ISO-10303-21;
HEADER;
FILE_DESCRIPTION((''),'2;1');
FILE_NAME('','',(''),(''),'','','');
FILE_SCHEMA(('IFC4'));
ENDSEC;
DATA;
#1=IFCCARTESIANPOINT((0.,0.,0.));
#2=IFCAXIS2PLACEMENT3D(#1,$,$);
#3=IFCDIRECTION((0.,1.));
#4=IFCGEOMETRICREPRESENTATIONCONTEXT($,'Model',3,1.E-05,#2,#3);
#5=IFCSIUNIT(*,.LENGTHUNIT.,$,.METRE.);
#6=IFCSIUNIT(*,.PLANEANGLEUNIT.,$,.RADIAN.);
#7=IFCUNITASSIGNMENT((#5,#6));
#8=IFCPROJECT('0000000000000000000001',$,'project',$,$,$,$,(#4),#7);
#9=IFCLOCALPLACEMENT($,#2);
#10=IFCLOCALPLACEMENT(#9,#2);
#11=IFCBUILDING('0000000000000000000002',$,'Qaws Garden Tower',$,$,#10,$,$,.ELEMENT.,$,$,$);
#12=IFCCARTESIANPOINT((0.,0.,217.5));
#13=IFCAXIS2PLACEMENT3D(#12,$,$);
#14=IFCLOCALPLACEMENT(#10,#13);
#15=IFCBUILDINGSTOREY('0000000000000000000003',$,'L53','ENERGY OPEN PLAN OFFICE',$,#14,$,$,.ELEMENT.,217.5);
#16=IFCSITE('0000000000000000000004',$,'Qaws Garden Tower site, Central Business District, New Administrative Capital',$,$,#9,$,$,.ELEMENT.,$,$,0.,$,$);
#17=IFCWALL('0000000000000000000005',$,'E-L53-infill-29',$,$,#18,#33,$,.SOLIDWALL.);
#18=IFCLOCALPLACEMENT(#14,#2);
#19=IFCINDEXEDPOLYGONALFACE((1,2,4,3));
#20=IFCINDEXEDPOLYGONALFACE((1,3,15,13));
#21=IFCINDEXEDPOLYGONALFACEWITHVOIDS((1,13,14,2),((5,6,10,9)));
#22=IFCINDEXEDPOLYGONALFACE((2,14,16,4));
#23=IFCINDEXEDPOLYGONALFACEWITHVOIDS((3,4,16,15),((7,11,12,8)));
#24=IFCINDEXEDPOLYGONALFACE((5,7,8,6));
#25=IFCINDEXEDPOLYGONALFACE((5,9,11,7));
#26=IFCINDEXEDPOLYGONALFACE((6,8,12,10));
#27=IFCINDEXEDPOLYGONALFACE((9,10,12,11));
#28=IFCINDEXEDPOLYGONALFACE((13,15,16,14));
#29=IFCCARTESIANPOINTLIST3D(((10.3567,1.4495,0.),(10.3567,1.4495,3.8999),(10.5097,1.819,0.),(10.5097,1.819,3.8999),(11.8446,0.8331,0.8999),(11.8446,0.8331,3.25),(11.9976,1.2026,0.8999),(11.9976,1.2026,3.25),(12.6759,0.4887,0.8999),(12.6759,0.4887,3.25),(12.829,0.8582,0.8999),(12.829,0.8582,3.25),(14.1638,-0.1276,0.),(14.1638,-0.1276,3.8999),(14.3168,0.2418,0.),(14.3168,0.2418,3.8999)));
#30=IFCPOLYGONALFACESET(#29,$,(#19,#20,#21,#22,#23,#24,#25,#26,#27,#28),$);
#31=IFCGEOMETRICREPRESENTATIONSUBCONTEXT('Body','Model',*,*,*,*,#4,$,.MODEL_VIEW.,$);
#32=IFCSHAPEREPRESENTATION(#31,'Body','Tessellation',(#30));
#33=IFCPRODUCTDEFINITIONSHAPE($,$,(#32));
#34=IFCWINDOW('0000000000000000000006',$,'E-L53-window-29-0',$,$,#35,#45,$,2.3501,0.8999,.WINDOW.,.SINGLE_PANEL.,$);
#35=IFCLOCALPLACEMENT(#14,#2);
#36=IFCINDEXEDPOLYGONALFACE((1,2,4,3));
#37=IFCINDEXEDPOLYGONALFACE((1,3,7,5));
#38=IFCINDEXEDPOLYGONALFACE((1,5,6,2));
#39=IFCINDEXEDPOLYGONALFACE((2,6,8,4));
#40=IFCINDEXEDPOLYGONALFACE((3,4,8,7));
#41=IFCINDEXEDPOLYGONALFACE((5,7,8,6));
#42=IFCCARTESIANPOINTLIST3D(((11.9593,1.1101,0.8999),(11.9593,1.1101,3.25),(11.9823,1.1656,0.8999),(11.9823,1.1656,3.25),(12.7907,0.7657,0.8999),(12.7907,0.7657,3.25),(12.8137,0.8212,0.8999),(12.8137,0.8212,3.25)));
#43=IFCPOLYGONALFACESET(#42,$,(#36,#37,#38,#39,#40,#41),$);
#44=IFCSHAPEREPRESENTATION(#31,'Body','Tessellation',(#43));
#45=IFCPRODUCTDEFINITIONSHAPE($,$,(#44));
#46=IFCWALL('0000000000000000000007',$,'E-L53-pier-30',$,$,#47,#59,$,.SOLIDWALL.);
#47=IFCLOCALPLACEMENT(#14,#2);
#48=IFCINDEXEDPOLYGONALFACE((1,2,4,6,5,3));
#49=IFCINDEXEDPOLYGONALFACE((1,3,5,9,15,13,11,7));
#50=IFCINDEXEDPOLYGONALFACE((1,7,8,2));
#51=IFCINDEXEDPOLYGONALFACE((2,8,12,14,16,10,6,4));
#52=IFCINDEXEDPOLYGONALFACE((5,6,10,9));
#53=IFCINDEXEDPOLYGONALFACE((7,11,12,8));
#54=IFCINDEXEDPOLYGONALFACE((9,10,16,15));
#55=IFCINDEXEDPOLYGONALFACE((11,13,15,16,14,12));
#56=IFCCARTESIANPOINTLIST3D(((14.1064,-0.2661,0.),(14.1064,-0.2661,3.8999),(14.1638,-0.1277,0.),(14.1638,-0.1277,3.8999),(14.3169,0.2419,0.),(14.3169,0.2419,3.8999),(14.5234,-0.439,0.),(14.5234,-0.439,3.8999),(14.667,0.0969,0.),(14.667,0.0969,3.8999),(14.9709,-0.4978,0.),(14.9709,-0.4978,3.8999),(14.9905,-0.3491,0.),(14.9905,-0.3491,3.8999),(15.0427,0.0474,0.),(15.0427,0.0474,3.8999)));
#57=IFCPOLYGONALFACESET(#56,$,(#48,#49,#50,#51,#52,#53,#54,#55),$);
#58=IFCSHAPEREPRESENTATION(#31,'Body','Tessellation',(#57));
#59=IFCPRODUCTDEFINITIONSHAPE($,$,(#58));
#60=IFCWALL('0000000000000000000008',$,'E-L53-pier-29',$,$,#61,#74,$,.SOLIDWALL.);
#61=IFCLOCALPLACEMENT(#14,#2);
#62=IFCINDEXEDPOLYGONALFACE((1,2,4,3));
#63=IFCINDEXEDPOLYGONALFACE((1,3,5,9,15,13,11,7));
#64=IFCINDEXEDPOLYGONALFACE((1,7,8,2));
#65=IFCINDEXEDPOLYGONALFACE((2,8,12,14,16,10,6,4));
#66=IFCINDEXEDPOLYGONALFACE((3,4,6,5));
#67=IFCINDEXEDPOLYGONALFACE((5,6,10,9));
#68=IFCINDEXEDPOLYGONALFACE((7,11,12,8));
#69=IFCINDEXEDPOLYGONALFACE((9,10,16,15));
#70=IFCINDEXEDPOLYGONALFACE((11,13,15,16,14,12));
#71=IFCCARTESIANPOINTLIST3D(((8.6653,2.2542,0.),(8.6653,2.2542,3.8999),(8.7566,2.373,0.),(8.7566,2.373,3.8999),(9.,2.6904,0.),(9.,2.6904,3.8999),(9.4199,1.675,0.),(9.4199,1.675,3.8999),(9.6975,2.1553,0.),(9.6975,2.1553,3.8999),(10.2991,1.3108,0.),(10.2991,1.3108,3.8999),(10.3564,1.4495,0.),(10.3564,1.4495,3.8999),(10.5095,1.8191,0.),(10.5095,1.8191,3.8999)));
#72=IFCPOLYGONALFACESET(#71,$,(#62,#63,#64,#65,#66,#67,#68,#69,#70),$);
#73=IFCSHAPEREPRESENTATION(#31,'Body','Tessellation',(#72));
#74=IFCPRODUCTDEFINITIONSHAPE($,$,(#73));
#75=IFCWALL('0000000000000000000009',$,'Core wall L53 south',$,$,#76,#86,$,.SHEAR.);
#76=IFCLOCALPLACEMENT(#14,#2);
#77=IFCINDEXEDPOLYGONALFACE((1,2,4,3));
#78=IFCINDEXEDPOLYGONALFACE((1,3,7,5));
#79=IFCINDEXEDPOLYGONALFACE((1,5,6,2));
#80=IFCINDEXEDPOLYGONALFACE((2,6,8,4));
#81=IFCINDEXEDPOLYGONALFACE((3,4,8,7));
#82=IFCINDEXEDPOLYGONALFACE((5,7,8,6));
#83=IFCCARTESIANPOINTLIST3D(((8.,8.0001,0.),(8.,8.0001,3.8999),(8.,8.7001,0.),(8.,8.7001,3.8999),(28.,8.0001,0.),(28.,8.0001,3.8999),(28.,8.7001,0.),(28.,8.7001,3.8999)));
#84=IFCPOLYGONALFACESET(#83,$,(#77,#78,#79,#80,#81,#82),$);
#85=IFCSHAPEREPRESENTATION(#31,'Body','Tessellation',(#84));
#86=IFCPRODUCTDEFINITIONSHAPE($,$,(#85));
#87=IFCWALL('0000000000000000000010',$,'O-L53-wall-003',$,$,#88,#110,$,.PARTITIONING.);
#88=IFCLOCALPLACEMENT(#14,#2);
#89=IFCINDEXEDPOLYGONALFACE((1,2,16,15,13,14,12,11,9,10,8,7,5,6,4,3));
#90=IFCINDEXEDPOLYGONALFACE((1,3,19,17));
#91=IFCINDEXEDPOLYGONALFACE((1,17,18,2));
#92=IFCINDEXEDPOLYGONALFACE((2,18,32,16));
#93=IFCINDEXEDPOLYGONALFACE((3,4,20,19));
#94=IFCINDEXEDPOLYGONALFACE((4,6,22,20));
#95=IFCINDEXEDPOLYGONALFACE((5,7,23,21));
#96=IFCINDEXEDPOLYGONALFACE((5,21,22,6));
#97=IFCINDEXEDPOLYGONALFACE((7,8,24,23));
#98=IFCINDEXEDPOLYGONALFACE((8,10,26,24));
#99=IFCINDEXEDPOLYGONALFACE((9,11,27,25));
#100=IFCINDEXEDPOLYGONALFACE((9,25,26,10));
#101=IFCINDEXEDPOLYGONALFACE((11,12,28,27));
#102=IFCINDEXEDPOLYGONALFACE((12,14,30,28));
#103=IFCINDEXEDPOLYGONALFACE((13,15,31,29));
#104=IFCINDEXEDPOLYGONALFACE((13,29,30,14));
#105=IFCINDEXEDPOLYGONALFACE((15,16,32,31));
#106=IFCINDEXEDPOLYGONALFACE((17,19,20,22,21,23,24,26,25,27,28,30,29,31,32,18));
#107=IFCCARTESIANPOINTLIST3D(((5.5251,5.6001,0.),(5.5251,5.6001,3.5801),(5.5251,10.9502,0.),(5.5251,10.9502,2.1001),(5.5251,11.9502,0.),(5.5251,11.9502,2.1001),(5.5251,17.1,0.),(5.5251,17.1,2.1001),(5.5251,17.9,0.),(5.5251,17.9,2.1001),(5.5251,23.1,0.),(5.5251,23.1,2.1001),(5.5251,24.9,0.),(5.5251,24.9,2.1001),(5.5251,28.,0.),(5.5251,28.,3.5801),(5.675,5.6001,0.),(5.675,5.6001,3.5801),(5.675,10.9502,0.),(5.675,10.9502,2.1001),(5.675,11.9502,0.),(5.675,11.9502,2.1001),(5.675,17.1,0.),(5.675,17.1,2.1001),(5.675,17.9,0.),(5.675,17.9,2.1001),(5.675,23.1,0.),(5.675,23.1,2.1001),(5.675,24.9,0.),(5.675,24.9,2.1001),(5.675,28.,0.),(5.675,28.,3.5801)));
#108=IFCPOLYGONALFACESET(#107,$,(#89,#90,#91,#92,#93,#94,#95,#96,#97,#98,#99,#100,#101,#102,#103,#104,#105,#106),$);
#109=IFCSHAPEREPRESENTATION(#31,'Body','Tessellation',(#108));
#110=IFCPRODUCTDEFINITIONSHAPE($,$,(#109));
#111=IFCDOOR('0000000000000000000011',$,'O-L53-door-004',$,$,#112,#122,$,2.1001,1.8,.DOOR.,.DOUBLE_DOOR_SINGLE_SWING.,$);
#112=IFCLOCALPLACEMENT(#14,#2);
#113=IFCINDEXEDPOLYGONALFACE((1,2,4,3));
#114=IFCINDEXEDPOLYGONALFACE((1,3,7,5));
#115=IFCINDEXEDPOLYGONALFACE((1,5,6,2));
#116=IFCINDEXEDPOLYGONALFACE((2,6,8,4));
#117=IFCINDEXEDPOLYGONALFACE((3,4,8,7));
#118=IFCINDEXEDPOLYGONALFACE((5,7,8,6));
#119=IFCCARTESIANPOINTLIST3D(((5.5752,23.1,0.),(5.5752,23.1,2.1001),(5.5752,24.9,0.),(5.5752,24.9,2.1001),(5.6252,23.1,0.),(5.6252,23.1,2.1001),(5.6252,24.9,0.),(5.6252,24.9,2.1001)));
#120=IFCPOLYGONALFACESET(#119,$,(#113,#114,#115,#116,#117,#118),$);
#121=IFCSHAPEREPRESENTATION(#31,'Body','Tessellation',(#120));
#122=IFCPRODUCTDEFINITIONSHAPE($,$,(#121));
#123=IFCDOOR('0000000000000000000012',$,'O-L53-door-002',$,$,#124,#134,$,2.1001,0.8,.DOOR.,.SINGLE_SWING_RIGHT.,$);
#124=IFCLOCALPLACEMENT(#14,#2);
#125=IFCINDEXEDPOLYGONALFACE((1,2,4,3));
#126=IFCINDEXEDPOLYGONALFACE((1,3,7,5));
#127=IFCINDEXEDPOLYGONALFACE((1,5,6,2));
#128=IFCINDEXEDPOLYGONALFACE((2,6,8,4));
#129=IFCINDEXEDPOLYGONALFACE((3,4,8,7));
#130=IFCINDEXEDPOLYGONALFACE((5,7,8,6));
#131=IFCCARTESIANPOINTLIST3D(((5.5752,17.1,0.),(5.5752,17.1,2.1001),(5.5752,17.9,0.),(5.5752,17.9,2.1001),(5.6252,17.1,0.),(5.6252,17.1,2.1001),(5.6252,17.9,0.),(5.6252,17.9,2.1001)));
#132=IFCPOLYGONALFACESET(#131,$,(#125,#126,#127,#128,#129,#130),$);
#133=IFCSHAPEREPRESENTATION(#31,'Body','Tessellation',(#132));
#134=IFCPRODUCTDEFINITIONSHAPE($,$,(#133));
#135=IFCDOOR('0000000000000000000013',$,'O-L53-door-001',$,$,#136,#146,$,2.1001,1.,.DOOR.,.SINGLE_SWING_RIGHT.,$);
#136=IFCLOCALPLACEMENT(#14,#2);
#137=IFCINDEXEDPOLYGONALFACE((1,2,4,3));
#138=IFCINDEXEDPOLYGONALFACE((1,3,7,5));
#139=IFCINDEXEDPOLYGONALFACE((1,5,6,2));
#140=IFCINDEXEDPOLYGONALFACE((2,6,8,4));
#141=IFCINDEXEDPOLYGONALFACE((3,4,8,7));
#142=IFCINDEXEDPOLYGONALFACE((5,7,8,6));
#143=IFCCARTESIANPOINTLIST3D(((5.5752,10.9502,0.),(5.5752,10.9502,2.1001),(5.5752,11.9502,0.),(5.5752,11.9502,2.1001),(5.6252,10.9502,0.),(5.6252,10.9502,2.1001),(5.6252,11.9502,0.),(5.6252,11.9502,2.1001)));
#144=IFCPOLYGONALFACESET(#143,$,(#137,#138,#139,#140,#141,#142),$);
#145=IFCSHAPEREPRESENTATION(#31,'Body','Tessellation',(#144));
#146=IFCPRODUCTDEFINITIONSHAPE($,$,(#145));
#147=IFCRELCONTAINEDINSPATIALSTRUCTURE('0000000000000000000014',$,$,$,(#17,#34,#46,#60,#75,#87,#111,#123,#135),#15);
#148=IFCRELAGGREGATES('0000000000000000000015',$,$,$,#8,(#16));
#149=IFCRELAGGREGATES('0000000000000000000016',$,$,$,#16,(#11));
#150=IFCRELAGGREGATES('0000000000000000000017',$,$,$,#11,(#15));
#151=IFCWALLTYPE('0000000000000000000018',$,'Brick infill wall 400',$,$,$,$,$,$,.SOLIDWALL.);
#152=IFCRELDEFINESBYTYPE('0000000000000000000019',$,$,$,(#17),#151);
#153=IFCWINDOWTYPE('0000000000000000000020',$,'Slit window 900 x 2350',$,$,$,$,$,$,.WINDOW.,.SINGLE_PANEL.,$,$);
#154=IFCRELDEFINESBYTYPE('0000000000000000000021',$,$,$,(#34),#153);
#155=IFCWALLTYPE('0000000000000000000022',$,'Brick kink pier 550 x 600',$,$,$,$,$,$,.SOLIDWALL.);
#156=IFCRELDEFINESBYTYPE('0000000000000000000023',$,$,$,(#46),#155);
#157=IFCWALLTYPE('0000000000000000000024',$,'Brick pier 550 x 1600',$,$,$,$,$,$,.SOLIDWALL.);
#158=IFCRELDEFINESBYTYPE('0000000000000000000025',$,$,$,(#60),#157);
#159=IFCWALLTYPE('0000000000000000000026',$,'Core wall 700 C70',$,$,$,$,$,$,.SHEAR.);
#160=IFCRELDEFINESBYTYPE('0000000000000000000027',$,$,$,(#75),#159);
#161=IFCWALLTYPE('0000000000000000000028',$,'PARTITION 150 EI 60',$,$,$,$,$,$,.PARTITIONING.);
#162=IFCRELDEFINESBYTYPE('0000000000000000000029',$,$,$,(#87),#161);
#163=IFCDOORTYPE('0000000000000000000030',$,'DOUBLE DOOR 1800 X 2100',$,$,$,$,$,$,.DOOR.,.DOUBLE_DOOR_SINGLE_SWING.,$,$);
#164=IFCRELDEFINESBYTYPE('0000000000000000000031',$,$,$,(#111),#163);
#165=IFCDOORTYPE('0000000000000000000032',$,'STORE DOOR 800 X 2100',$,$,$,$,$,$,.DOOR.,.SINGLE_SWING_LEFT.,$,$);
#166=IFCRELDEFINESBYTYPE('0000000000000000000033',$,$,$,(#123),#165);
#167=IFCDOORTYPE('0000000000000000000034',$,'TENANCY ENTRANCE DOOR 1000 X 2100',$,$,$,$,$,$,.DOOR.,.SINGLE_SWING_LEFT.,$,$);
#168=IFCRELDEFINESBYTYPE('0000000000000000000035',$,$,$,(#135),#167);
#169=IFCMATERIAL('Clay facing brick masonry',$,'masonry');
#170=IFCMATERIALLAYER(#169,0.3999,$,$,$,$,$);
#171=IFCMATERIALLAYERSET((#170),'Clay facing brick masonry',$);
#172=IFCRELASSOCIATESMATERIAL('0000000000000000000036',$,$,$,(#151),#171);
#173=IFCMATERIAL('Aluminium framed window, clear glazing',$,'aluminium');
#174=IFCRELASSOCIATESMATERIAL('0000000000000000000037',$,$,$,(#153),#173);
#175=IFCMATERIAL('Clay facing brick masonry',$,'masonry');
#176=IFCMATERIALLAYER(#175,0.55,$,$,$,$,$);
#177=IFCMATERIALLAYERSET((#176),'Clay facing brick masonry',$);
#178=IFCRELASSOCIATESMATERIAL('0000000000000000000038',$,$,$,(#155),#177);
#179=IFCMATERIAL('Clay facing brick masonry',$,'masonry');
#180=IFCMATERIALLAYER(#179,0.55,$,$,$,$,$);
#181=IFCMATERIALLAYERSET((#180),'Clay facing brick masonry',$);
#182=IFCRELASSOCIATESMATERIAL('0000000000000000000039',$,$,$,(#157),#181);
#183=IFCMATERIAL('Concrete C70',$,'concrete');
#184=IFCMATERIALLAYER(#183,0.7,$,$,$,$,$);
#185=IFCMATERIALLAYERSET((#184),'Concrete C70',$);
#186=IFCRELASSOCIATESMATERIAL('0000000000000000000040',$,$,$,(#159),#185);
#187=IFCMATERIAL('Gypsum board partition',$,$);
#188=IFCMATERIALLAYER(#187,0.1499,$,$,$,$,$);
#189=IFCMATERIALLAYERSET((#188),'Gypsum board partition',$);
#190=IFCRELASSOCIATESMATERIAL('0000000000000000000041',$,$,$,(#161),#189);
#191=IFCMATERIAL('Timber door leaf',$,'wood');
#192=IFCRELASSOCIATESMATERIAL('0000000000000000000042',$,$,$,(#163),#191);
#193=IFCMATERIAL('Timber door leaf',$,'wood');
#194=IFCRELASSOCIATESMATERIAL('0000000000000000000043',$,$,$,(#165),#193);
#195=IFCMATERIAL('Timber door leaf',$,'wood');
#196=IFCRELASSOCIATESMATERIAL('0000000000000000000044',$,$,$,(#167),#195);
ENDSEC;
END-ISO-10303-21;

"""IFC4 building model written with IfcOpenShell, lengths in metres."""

from ifc_helpers import new_model, si_unit, direction, frame, frame_2d, origin, place, context, subcontext, project, spatial, polyline, rectangle, outline, extrude, material, layer, layer_set, type_object, element, fill, save


model = new_model("IFC4")

# Units and contexts
model_context = context("Model", 3, precision=1e-05, world=origin(), true_north=direction((0.0, 1.0)))
body_context = subcontext(model_context, "Body", "Model", "MODEL_VIEW")
ifc_project = project(units=[si_unit("LENGTHUNIT", "METRE"), si_unit("PLANEANGLEUNIT", "RADIAN")], contexts=[model_context])

# Site, building, storey
site_placement = place(None, origin())
site = spatial("IfcSite", under=ifc_project, at=site_placement, Name="Qaws Garden Tower site, Central Business District, New Administrative Capital", CompositionType="ELEMENT", RefElevation=0.0)
building_placement = place(site_placement, origin())
building = spatial("IfcBuilding", under=site, at=building_placement, Name="Qaws Garden Tower", CompositionType="ELEMENT")
storey_placement = place(building_placement, frame((0.0, 0.0, 217.5)))
storey = spatial("IfcBuildingStorey", under=building, at=storey_placement, Name="L53", Description="ENERGY OPEN PLAN OFFICE", CompositionType="ELEMENT", Elevation=217.5)

# Shared definitions
placement_1 = place(storey_placement, origin())

# Wall, opening, window
ifc_material_1 = material(Name="Clay facing brick masonry", Category="masonry")
ifc_layer_1 = layer(ifc_material_1, 0.3999)
ifc_layer_set_1 = layer_set([ifc_layer_1], Name="Clay facing brick masonry")
wall_type_1 = type_object("IfcWallType", Name="Brick infill wall 400", PredefinedType="SOLIDWALL", material=ifc_layer_set_1)
ifc_material_2 = material(Name="Aluminium framed window, clear glazing", Category="aluminium")
window_type = type_object("IfcWindowType", Name="Slit window 900 x 2350", PartitioningType="SINGLE_PANEL", PredefinedType="WINDOW", material=ifc_material_2)
wall_1_placement = place(storey_placement, frame((10.4331, 1.6343, 0.0), z_axis=(0.0, 0.0, 1.0), x_axis=(0.923864, -0.382722, 0.0)))
wall_1 = element("IfcWall", 1, at=wall_1_placement, inside=storey, type_object=wall_type_1, Name="E-L53-infill-29", PredefinedType="SOLIDWALL", context=body_context, shape_type="SweptSolid", body=[
    extrude(rectangle(XDim=4.1208, YDim=0.3999, at=frame_2d((2.0605, 0.0))), origin(), (0.0, 0.0, 1.0), 3.8999),
])
opening_1_placement = place(wall_1_placement, frame((1.6106, 0.0, 0.8999)))
opening_1 = element("IfcOpeningElement", 2, at=opening_1_placement, cuts=wall_1, PredefinedType="OPENING", context=body_context, shape_type="SweptSolid", body=[
    extrude(rectangle(XDim=0.8999, YDim=2.3501, at=frame_2d((0.45, 1.175))), frame((0.0, 0.21, 0.0), z_axis=(0.0, -1.0, 0.0), x_axis=(1.0, 0.0, 0.0)), (0.0, 0.0, 1.0), 0.4199),
])
window_1_placement = place(opening_1_placement, origin())
window_1 = element("IfcWindow", 3, at=window_1_placement, inside=storey, type_object=window_type, Name="E-L53-window-29-0", OverallHeight=2.3501, OverallWidth=0.8999, PartitioningType="SINGLE_PANEL", PredefinedType="WINDOW", context=body_context, shape_type="SweptSolid", body=[
    extrude(rectangle(XDim=0.8999, YDim=2.3501, at=frame_2d((0.45, 1.175))), frame((0.0, 0.1599, 0.0), z_axis=(0.0, -1.0, 0.0), x_axis=(1.0, 0.0, 0.0)), (0.0, 0.0, 1.0), 0.0601),
])
fill(opening_1, window_1)

# Walls
ifc_material_3 = material(Name="Clay facing brick masonry", Category="masonry")
ifc_layer_2 = layer(ifc_material_3, 0.55)
ifc_layer_set_2 = layer_set([ifc_layer_2], Name="Clay facing brick masonry")
wall_type_2 = type_object("IfcWallType", Name="Brick kink pier 550 x 600", PredefinedType="SOLIDWALL", material=ifc_layer_set_2)
element("IfcWall", 4, at=placement_1, inside=storey, type_object=wall_type_2, Name="E-L53-pier-30", PredefinedType="SOLIDWALL", context=body_context, shape_type="SweptSolid", body=[
    extrude(outline(polyline([(14.1638, -0.1277), (14.1064, -0.2661), (14.5234, -0.439), (14.9709, -0.4978), (14.9905, -0.3491), (15.0427, 0.0474), (14.667, 0.0969), (14.3169, 0.2419), (14.1638, -0.1277)])), origin(), (0.0, 0.0, 1.0), 3.8999),
])
ifc_material_4 = material(Name="Clay facing brick masonry", Category="masonry")
ifc_layer_3 = layer(ifc_material_4, 0.55)
ifc_layer_set_3 = layer_set([ifc_layer_3], Name="Clay facing brick masonry")
wall_type_3 = type_object("IfcWallType", Name="Brick pier 550 x 1600", PredefinedType="SOLIDWALL", material=ifc_layer_set_3)
element("IfcWall", 5, at=placement_1, inside=storey, type_object=wall_type_3, Name="E-L53-pier-29", PredefinedType="SOLIDWALL", context=body_context, shape_type="SweptSolid", body=[
    extrude(outline(polyline([(8.7566, 2.373), (8.6653, 2.2542), (9.4199, 1.675), (10.2991, 1.3108), (10.3564, 1.4495), (10.5095, 1.8191), (9.6975, 2.1553), (9.0, 2.6904), (8.7566, 2.373)])), origin(), (0.0, 0.0, 1.0), 3.8999),
])
ifc_material_5 = material(Name="Concrete C70", Category="concrete")
ifc_layer_4 = layer(ifc_material_5, 0.7)
ifc_layer_set_4 = layer_set([ifc_layer_4], Name="Concrete C70")
wall_type_4 = type_object("IfcWallType", Name="Core wall 700 C70", PredefinedType="SHEAR", material=ifc_layer_set_4)
wall_2_placement = place(storey_placement, frame((8.0, 8.3501, 0.0), z_axis=(0.0, 0.0, 1.0), x_axis=(1.0, 0.0, 0.0)))
element("IfcWall", 6, at=wall_2_placement, inside=storey, type_object=wall_type_4, Name="Core wall L53 south", PredefinedType="SHEAR", context=body_context, shape_type="SweptSolid", body=[
    extrude(rectangle(XDim=20.0, YDim=0.7, at=frame_2d((10.0, 0.0))), origin(), (0.0, 0.0, 1.0), 3.8999),
])

# Wall, openings, doors
ifc_material_6 = material(Name="Gypsum board partition")
ifc_layer_5 = layer(ifc_material_6, 0.1499)
ifc_layer_set_5 = layer_set([ifc_layer_5], Name="Gypsum board partition")
wall_type_5 = type_object("IfcWallType", Name="PARTITION 150 EI 60", PredefinedType="PARTITIONING", material=ifc_layer_set_5)
wall_3_placement = place(storey_placement, frame((5.6001, 5.6001, 0.0), z_axis=(0.0, 0.0, 1.0), x_axis=(0.0, 1.0, 0.0)))
wall_3 = element("IfcWall", 7, at=wall_3_placement, inside=storey, type_object=wall_type_5, Name="O-L53-wall-003", PredefinedType="PARTITIONING", context=body_context, shape_type="SweptSolid", body=[
    extrude(rectangle(XDim=22.3999, YDim=0.1499, at=frame_2d((11.2, 0.0))), origin(), (0.0, 0.0, 1.0), 3.5801),
])
opening_2_placement = place(wall_3_placement, frame((5.3501, 0.0, 0.0)))
opening_2 = element("IfcOpeningElement", 8, at=opening_2_placement, cuts=wall_3, PredefinedType="OPENING", context=body_context, shape_type="SweptSolid", body=[
    extrude(rectangle(XDim=1.0, YDim=2.1001, at=frame_2d((0.5, 1.05))), frame((0.0, 0.085, 0.0), z_axis=(0.0, -1.0, 0.0), x_axis=(1.0, 0.0, 0.0)), (0.0, 0.0, 1.0), 0.1699),
])
opening_3_placement = place(wall_3_placement, frame((11.5, 0.0, 0.0)))
opening_3 = element("IfcOpeningElement", 9, at=opening_3_placement, cuts=wall_3, PredefinedType="OPENING", context=body_context, shape_type="SweptSolid", body=[
    extrude(rectangle(XDim=0.8, YDim=2.1001, at=frame_2d((0.3999, 1.05))), frame((0.0, 0.085, 0.0), z_axis=(0.0, -1.0, 0.0), x_axis=(1.0, 0.0, 0.0)), (0.0, 0.0, 1.0), 0.1699),
])
opening_4_placement = place(wall_3_placement, frame((17.5, 0.0, 0.0)))
opening_4 = element("IfcOpeningElement", 10, at=opening_4_placement, cuts=wall_3, PredefinedType="OPENING", context=body_context, shape_type="SweptSolid", body=[
    extrude(rectangle(XDim=1.8, YDim=2.1001, at=frame_2d((0.8999, 1.05))), frame((0.0, 0.085, 0.0), z_axis=(0.0, -1.0, 0.0), x_axis=(1.0, 0.0, 0.0)), (0.0, 0.0, 1.0), 0.1699),
])
ifc_material_7 = material(Name="Timber door leaf", Category="wood")
door_type_1 = type_object("IfcDoorType", Name="DOUBLE DOOR 1800 X 2100", OperationType="DOUBLE_DOOR_SINGLE_SWING", PredefinedType="DOOR", material=ifc_material_7)
door_1_placement = place(opening_4_placement, origin())
door_1 = element("IfcDoor", 11, at=door_1_placement, inside=storey, type_object=door_type_1, Name="O-L53-door-004", OperationType="DOUBLE_DOOR_SINGLE_SWING", OverallHeight=2.1001, OverallWidth=1.8, PredefinedType="DOOR", context=body_context, shape_type="SweptSolid", body=[
    extrude(rectangle(XDim=1.8, YDim=2.1001, at=frame_2d((0.8999, 1.05))), frame((0.0, 0.0249, 0.0), z_axis=(0.0, -1.0, 0.0), x_axis=(1.0, 0.0, 0.0)), (0.0, 0.0, 1.0), 0.05),
])
fill(opening_4, door_1)
ifc_material_8 = material(Name="Timber door leaf", Category="wood")
door_type_2 = type_object("IfcDoorType", Name="STORE DOOR 800 X 2100", OperationType="SINGLE_SWING_LEFT", PredefinedType="DOOR", material=ifc_material_8)
door_2_placement = place(opening_3_placement, origin())
door_2 = element("IfcDoor", 12, at=door_2_placement, inside=storey, type_object=door_type_2, Name="O-L53-door-002", OperationType="SINGLE_SWING_RIGHT", OverallHeight=2.1001, OverallWidth=0.8, PredefinedType="DOOR", context=body_context, shape_type="SweptSolid", body=[
    extrude(rectangle(XDim=0.8, YDim=2.1001, at=frame_2d((0.3999, 1.05))), frame((0.0, 0.0249, 0.0), z_axis=(0.0, -1.0, 0.0), x_axis=(1.0, 0.0, 0.0)), (0.0, 0.0, 1.0), 0.05),
])
fill(opening_3, door_2)
ifc_material_9 = material(Name="Timber door leaf", Category="wood")
door_type_3 = type_object("IfcDoorType", Name="TENANCY ENTRANCE DOOR 1000 X 2100", OperationType="SINGLE_SWING_LEFT", PredefinedType="DOOR", material=ifc_material_9)
door_3_placement = place(opening_2_placement, origin())
door_3 = element("IfcDoor", 13, at=door_3_placement, inside=storey, type_object=door_type_3, Name="O-L53-door-001", OperationType="SINGLE_SWING_RIGHT", OverallHeight=2.1001, OverallWidth=1.0, PredefinedType="DOOR", context=body_context, shape_type="SweptSolid", body=[
    extrude(rectangle(XDim=1.0, YDim=2.1001, at=frame_2d((0.5, 1.05))), frame((0.0, 0.0249, 0.0), z_axis=(0.0, -1.0, 0.0), x_axis=(1.0, 0.0, 0.0)), (0.0, 0.0, 1.0), 0.05),
])
fill(opening_2, door_3)

save(model, "model.ifc")
